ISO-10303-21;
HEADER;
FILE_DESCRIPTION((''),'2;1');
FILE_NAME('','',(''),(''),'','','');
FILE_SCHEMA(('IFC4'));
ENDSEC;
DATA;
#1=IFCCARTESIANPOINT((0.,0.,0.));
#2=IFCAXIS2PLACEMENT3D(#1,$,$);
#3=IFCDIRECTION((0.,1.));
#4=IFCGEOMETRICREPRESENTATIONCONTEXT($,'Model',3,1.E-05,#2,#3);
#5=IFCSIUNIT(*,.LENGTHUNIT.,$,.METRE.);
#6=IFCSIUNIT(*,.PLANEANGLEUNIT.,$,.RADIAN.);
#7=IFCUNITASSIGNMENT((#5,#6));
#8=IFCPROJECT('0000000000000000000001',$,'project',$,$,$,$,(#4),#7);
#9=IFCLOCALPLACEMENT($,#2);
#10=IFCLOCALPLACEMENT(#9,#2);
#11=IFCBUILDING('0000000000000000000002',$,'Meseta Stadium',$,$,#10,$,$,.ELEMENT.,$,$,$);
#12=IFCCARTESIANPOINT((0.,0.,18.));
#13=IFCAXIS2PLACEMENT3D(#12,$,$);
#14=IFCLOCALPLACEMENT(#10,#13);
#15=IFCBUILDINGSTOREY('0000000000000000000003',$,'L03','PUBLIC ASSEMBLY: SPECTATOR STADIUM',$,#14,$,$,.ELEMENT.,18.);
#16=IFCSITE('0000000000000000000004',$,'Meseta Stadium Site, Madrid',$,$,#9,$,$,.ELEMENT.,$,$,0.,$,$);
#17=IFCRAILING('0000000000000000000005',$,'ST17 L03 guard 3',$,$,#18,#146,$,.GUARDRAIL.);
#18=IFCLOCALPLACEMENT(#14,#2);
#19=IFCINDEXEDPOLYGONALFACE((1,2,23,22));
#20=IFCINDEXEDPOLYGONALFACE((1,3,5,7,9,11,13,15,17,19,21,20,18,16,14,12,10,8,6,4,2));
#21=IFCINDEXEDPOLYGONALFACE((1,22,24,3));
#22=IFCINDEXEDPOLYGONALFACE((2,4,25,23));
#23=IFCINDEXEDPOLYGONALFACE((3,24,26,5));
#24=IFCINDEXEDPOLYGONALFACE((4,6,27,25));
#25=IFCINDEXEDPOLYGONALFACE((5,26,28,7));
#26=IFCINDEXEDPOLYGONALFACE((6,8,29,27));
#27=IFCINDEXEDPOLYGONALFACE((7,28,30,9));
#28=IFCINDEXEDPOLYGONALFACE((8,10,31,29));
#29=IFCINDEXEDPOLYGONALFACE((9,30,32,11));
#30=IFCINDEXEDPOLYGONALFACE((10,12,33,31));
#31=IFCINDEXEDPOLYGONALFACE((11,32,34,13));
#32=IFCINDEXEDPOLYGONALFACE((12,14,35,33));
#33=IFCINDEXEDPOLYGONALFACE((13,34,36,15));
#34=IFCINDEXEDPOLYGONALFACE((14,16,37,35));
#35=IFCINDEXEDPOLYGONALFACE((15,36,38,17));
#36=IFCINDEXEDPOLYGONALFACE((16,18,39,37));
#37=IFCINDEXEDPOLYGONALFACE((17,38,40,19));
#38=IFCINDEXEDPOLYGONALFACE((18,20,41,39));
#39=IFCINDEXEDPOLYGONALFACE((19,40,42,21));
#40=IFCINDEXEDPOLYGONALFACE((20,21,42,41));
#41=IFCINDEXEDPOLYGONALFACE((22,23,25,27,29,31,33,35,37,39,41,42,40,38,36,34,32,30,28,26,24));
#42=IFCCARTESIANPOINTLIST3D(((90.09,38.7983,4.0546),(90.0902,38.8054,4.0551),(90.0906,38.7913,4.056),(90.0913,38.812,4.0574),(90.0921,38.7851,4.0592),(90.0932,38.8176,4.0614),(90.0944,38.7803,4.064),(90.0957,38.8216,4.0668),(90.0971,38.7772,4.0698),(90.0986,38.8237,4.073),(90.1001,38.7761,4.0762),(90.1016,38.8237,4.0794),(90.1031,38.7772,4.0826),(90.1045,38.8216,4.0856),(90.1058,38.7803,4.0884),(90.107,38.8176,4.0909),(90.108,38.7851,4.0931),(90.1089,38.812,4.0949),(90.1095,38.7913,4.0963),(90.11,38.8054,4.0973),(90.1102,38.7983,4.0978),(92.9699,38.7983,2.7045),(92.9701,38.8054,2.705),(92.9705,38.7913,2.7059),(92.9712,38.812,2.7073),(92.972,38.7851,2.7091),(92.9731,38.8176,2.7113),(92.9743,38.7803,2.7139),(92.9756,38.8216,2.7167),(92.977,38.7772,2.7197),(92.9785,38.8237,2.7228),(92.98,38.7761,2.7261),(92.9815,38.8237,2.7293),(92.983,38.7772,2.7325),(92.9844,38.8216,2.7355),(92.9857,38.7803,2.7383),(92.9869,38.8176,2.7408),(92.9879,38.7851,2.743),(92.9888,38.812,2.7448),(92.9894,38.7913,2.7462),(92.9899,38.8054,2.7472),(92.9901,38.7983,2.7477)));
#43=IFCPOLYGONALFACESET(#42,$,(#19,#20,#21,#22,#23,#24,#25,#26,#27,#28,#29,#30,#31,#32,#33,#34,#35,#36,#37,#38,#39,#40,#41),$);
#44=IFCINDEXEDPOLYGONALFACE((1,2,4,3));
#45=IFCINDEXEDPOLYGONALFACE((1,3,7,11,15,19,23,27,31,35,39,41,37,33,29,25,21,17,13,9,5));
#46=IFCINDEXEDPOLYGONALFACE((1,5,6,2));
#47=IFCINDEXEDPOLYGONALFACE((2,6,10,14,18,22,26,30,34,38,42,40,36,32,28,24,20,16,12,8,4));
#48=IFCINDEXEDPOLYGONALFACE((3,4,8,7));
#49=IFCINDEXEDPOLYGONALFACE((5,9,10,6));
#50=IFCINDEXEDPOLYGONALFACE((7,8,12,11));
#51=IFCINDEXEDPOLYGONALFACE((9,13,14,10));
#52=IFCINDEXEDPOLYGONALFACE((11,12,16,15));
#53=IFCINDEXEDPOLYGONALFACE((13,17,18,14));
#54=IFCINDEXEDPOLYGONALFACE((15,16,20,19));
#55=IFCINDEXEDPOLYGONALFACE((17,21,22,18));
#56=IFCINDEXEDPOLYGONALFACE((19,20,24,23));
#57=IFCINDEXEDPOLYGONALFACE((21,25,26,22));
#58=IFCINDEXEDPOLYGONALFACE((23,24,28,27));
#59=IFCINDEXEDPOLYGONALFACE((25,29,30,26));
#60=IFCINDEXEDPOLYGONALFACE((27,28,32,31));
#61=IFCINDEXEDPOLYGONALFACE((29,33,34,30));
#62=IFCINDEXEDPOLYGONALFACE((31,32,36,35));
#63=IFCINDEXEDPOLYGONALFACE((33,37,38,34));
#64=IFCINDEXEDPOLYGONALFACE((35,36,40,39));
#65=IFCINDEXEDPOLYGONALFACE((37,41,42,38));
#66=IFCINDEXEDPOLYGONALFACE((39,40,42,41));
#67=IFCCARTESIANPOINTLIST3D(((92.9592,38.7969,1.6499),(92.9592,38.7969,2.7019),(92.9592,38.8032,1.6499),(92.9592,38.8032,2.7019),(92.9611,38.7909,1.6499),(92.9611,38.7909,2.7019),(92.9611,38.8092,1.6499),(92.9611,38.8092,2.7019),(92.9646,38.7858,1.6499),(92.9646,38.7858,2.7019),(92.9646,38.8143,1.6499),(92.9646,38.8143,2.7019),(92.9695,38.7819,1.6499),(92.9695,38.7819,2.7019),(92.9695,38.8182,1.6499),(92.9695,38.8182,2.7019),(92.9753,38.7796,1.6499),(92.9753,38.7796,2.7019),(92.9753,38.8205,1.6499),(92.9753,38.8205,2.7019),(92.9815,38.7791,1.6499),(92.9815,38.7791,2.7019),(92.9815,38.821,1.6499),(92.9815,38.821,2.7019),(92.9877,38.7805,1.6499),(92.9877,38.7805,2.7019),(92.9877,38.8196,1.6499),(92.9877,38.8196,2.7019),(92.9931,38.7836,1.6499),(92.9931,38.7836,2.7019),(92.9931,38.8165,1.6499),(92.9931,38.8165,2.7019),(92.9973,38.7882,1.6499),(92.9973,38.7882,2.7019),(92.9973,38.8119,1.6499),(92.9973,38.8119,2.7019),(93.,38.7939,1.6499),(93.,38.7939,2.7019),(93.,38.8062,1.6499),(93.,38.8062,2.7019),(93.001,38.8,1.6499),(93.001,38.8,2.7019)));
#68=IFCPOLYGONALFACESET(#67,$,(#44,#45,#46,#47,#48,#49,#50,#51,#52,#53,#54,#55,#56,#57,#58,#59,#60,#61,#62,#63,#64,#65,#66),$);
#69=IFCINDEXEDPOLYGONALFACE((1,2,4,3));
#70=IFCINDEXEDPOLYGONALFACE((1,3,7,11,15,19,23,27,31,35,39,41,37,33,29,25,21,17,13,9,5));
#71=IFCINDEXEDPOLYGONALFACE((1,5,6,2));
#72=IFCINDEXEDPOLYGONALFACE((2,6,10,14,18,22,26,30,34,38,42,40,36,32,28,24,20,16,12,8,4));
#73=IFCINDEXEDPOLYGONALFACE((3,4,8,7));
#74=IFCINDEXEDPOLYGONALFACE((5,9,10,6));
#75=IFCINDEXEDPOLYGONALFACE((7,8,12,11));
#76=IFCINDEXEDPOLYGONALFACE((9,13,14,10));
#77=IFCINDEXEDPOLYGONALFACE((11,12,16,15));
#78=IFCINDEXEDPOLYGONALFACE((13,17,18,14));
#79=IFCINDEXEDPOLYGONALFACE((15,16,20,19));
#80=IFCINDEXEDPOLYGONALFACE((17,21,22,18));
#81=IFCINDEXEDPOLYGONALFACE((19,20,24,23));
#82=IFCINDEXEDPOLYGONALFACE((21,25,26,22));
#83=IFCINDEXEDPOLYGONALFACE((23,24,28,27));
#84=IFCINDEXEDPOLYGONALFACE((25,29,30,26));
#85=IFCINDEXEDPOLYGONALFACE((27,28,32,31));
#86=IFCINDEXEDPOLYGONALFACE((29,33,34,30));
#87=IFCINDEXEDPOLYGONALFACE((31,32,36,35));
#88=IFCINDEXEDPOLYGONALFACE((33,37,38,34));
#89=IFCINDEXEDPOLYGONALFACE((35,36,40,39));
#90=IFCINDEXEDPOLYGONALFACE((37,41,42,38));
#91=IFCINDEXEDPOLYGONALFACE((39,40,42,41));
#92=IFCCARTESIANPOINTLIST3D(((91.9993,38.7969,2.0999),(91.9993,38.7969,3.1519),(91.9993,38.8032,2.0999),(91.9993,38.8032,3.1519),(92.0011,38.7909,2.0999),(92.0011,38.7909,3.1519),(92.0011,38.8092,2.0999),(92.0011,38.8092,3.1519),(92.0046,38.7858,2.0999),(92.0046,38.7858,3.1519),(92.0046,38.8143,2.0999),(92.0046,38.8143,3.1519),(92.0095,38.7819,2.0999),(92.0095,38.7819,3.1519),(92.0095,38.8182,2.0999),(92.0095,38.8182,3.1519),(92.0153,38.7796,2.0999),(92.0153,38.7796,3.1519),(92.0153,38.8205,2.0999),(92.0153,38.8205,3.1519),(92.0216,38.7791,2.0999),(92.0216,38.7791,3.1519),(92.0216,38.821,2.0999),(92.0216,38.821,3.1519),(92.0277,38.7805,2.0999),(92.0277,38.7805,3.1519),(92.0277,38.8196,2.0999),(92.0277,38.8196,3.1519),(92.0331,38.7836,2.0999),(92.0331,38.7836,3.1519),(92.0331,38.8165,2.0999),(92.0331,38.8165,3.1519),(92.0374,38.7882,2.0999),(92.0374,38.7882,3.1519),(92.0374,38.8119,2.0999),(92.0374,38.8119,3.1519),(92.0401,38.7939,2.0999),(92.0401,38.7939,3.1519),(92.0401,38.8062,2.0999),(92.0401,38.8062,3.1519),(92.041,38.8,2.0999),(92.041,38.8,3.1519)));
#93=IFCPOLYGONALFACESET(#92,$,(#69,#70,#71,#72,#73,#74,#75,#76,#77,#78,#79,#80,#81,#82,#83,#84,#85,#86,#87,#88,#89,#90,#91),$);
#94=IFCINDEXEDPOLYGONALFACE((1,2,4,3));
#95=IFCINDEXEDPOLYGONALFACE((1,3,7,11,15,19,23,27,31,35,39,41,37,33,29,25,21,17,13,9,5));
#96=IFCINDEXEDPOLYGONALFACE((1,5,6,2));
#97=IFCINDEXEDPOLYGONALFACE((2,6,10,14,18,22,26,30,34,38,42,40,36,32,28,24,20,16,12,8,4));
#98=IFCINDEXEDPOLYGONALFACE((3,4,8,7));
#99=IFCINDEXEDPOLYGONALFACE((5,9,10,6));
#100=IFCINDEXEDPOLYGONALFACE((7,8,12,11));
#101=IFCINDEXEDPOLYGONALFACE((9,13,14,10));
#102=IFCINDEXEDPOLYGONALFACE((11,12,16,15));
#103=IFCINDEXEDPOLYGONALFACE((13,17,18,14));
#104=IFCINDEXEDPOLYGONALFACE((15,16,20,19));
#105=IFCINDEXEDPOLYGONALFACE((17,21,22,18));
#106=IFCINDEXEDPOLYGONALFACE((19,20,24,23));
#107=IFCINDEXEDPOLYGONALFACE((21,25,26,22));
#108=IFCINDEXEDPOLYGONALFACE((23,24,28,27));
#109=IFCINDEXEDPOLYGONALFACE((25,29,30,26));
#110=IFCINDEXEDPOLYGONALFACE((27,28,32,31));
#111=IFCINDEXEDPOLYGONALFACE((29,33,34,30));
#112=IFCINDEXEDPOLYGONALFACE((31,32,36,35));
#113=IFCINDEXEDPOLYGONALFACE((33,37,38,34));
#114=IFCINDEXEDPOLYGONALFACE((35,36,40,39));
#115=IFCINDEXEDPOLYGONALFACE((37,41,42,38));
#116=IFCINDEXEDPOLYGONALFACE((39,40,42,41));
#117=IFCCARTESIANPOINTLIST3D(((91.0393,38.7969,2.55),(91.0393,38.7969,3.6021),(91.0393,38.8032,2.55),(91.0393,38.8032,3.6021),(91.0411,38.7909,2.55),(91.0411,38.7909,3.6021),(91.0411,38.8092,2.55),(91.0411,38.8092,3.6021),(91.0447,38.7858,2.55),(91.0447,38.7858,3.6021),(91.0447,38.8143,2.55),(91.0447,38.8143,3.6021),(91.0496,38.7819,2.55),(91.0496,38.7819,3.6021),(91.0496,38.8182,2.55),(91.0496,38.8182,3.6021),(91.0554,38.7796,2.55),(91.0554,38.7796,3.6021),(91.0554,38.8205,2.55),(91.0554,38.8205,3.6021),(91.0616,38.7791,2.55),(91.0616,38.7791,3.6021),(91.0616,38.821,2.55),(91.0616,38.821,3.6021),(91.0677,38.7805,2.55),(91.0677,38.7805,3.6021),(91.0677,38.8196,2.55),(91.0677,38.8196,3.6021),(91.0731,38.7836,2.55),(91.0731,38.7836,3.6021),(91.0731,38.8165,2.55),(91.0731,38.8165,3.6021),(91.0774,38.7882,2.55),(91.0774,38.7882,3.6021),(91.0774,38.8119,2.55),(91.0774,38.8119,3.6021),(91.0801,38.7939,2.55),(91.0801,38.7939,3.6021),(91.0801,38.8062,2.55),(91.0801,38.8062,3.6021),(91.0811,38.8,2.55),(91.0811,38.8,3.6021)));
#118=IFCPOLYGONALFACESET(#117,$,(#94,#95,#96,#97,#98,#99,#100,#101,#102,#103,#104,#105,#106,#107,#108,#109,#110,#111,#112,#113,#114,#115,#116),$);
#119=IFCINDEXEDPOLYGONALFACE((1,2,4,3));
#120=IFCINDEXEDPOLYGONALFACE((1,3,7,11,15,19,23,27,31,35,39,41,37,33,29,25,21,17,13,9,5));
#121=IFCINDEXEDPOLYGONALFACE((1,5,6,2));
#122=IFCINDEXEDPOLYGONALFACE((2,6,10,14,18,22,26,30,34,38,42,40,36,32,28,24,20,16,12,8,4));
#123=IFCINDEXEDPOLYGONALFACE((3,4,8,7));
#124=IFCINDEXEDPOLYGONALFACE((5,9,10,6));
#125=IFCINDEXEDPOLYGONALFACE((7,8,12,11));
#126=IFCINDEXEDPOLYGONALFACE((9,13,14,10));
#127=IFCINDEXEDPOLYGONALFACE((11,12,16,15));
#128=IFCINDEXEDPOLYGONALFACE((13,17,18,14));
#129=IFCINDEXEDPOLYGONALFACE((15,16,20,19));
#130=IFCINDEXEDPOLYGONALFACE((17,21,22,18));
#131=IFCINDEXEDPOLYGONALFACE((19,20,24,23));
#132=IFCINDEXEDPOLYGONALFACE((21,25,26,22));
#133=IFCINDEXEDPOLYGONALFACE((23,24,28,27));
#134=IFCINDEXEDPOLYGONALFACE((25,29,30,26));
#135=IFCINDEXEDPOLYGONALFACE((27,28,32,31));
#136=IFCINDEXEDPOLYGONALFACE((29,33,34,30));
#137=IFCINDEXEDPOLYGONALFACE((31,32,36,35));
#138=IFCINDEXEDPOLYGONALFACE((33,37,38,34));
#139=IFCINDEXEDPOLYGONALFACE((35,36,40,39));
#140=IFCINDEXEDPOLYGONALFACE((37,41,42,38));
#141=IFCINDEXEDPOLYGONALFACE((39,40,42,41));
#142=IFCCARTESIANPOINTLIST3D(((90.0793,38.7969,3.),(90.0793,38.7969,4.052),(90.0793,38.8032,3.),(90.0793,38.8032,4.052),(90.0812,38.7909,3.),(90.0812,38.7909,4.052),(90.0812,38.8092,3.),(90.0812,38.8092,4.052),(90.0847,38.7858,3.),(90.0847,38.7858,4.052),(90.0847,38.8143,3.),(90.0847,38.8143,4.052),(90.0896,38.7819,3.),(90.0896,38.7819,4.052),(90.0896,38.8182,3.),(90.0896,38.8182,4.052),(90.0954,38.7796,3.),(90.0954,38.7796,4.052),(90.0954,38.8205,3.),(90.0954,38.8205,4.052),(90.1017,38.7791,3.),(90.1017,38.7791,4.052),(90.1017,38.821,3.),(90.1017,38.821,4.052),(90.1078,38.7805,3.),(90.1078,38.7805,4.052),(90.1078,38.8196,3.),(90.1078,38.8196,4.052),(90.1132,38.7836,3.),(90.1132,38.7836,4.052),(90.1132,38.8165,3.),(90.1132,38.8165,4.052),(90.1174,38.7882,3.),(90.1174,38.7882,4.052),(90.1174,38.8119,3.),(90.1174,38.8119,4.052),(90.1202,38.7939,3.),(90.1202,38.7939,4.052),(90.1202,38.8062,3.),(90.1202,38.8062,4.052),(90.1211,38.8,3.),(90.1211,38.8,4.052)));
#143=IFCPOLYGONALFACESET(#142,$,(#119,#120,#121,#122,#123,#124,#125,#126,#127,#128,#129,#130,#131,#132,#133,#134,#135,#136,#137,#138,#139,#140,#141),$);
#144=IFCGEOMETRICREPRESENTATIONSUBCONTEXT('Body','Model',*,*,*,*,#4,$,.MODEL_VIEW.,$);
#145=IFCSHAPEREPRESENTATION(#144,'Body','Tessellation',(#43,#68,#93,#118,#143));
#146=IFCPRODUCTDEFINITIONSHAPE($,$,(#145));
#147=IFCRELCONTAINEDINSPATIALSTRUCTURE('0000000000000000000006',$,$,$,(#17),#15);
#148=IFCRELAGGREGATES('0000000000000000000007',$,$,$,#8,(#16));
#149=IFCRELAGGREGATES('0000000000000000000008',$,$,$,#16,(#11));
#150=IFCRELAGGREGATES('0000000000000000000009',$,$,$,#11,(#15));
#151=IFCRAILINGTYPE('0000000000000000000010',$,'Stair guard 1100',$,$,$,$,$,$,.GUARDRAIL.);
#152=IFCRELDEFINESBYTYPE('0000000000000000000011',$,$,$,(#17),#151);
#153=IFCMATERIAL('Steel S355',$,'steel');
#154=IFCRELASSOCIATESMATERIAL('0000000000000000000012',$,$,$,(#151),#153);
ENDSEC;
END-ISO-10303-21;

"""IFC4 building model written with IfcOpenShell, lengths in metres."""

from ifc_helpers import new_model, si_unit, direction, frame, origin, origin_2d, place, context, subcontext, project, spatial, circle, extrude, material, type_object, element, save


model = new_model("IFC4")

# Units and contexts
model_context = context("Model", 3, precision=1e-05, world=origin(), true_north=direction((0.0, 1.0)))
body_context = subcontext(model_context, "Body", "Model", "MODEL_VIEW")
ifc_project = project(units=[si_unit("LENGTHUNIT", "METRE"), si_unit("PLANEANGLEUNIT", "RADIAN")], contexts=[model_context])

# Site, building, storey
site_placement = place(None, origin())
site = spatial("IfcSite", under=ifc_project, at=site_placement, Name="Meseta Stadium Site, Madrid", CompositionType="ELEMENT", RefElevation=0.0)
building_placement = place(site_placement, origin())
building = spatial("IfcBuilding", under=site, at=building_placement, Name="Meseta Stadium", CompositionType="ELEMENT")
storey_placement = place(building_placement, frame((0.0, 0.0, 18.0)))
storey = spatial("IfcBuildingStorey", under=building, at=storey_placement, Name="L03", Description="PUBLIC ASSEMBLY: SPECTATOR STADIUM", CompositionType="ELEMENT", Elevation=18.0)

# Railing
ifc_material_1 = material(Name="Steel S355", Category="steel")
railing_type_1 = type_object("IfcRailingType", Name="Stair guard 1100", PredefinedType="GUARDRAIL", material=ifc_material_1)
railing_1_placement = place(storey_placement, frame((92.98, 38.8, 1.6499)))
element("IfcRailing", 1, at=railing_1_placement, inside=storey, type_object=railing_type_1, Name="ST17 L03 guard 3", PredefinedType="GUARDRAIL", context=body_context, shape_type="SweptSolid", body=[
    extrude(circle(Radius=0.0239, at=origin_2d()), frame((0.0, 0.0, 1.0762), z_axis=(-0.90544, 0.0, 0.424473), x_axis=(0.0, -1.0, 0.0)), (0.0, 0.0, 1.0), 3.1807),
    extrude(circle(Radius=0.021, at=origin_2d()), origin(), (0.0, 0.0, 1.0), 1.052),
    extrude(circle(Radius=0.021, at=origin_2d()), frame((-0.96, 0.0, 0.45)), (0.0, 0.0, 1.0), 1.052),
    extrude(circle(Radius=0.021, at=origin_2d()), frame((-1.9199, 0.0, 0.9001)), (0.0, 0.0, 1.0), 1.052),
    extrude(circle(Radius=0.021, at=origin_2d()), frame((-2.8799, 0.0, 1.3501)), (0.0, 0.0, 1.0), 1.052),
])

save(model, "model.ifc")
